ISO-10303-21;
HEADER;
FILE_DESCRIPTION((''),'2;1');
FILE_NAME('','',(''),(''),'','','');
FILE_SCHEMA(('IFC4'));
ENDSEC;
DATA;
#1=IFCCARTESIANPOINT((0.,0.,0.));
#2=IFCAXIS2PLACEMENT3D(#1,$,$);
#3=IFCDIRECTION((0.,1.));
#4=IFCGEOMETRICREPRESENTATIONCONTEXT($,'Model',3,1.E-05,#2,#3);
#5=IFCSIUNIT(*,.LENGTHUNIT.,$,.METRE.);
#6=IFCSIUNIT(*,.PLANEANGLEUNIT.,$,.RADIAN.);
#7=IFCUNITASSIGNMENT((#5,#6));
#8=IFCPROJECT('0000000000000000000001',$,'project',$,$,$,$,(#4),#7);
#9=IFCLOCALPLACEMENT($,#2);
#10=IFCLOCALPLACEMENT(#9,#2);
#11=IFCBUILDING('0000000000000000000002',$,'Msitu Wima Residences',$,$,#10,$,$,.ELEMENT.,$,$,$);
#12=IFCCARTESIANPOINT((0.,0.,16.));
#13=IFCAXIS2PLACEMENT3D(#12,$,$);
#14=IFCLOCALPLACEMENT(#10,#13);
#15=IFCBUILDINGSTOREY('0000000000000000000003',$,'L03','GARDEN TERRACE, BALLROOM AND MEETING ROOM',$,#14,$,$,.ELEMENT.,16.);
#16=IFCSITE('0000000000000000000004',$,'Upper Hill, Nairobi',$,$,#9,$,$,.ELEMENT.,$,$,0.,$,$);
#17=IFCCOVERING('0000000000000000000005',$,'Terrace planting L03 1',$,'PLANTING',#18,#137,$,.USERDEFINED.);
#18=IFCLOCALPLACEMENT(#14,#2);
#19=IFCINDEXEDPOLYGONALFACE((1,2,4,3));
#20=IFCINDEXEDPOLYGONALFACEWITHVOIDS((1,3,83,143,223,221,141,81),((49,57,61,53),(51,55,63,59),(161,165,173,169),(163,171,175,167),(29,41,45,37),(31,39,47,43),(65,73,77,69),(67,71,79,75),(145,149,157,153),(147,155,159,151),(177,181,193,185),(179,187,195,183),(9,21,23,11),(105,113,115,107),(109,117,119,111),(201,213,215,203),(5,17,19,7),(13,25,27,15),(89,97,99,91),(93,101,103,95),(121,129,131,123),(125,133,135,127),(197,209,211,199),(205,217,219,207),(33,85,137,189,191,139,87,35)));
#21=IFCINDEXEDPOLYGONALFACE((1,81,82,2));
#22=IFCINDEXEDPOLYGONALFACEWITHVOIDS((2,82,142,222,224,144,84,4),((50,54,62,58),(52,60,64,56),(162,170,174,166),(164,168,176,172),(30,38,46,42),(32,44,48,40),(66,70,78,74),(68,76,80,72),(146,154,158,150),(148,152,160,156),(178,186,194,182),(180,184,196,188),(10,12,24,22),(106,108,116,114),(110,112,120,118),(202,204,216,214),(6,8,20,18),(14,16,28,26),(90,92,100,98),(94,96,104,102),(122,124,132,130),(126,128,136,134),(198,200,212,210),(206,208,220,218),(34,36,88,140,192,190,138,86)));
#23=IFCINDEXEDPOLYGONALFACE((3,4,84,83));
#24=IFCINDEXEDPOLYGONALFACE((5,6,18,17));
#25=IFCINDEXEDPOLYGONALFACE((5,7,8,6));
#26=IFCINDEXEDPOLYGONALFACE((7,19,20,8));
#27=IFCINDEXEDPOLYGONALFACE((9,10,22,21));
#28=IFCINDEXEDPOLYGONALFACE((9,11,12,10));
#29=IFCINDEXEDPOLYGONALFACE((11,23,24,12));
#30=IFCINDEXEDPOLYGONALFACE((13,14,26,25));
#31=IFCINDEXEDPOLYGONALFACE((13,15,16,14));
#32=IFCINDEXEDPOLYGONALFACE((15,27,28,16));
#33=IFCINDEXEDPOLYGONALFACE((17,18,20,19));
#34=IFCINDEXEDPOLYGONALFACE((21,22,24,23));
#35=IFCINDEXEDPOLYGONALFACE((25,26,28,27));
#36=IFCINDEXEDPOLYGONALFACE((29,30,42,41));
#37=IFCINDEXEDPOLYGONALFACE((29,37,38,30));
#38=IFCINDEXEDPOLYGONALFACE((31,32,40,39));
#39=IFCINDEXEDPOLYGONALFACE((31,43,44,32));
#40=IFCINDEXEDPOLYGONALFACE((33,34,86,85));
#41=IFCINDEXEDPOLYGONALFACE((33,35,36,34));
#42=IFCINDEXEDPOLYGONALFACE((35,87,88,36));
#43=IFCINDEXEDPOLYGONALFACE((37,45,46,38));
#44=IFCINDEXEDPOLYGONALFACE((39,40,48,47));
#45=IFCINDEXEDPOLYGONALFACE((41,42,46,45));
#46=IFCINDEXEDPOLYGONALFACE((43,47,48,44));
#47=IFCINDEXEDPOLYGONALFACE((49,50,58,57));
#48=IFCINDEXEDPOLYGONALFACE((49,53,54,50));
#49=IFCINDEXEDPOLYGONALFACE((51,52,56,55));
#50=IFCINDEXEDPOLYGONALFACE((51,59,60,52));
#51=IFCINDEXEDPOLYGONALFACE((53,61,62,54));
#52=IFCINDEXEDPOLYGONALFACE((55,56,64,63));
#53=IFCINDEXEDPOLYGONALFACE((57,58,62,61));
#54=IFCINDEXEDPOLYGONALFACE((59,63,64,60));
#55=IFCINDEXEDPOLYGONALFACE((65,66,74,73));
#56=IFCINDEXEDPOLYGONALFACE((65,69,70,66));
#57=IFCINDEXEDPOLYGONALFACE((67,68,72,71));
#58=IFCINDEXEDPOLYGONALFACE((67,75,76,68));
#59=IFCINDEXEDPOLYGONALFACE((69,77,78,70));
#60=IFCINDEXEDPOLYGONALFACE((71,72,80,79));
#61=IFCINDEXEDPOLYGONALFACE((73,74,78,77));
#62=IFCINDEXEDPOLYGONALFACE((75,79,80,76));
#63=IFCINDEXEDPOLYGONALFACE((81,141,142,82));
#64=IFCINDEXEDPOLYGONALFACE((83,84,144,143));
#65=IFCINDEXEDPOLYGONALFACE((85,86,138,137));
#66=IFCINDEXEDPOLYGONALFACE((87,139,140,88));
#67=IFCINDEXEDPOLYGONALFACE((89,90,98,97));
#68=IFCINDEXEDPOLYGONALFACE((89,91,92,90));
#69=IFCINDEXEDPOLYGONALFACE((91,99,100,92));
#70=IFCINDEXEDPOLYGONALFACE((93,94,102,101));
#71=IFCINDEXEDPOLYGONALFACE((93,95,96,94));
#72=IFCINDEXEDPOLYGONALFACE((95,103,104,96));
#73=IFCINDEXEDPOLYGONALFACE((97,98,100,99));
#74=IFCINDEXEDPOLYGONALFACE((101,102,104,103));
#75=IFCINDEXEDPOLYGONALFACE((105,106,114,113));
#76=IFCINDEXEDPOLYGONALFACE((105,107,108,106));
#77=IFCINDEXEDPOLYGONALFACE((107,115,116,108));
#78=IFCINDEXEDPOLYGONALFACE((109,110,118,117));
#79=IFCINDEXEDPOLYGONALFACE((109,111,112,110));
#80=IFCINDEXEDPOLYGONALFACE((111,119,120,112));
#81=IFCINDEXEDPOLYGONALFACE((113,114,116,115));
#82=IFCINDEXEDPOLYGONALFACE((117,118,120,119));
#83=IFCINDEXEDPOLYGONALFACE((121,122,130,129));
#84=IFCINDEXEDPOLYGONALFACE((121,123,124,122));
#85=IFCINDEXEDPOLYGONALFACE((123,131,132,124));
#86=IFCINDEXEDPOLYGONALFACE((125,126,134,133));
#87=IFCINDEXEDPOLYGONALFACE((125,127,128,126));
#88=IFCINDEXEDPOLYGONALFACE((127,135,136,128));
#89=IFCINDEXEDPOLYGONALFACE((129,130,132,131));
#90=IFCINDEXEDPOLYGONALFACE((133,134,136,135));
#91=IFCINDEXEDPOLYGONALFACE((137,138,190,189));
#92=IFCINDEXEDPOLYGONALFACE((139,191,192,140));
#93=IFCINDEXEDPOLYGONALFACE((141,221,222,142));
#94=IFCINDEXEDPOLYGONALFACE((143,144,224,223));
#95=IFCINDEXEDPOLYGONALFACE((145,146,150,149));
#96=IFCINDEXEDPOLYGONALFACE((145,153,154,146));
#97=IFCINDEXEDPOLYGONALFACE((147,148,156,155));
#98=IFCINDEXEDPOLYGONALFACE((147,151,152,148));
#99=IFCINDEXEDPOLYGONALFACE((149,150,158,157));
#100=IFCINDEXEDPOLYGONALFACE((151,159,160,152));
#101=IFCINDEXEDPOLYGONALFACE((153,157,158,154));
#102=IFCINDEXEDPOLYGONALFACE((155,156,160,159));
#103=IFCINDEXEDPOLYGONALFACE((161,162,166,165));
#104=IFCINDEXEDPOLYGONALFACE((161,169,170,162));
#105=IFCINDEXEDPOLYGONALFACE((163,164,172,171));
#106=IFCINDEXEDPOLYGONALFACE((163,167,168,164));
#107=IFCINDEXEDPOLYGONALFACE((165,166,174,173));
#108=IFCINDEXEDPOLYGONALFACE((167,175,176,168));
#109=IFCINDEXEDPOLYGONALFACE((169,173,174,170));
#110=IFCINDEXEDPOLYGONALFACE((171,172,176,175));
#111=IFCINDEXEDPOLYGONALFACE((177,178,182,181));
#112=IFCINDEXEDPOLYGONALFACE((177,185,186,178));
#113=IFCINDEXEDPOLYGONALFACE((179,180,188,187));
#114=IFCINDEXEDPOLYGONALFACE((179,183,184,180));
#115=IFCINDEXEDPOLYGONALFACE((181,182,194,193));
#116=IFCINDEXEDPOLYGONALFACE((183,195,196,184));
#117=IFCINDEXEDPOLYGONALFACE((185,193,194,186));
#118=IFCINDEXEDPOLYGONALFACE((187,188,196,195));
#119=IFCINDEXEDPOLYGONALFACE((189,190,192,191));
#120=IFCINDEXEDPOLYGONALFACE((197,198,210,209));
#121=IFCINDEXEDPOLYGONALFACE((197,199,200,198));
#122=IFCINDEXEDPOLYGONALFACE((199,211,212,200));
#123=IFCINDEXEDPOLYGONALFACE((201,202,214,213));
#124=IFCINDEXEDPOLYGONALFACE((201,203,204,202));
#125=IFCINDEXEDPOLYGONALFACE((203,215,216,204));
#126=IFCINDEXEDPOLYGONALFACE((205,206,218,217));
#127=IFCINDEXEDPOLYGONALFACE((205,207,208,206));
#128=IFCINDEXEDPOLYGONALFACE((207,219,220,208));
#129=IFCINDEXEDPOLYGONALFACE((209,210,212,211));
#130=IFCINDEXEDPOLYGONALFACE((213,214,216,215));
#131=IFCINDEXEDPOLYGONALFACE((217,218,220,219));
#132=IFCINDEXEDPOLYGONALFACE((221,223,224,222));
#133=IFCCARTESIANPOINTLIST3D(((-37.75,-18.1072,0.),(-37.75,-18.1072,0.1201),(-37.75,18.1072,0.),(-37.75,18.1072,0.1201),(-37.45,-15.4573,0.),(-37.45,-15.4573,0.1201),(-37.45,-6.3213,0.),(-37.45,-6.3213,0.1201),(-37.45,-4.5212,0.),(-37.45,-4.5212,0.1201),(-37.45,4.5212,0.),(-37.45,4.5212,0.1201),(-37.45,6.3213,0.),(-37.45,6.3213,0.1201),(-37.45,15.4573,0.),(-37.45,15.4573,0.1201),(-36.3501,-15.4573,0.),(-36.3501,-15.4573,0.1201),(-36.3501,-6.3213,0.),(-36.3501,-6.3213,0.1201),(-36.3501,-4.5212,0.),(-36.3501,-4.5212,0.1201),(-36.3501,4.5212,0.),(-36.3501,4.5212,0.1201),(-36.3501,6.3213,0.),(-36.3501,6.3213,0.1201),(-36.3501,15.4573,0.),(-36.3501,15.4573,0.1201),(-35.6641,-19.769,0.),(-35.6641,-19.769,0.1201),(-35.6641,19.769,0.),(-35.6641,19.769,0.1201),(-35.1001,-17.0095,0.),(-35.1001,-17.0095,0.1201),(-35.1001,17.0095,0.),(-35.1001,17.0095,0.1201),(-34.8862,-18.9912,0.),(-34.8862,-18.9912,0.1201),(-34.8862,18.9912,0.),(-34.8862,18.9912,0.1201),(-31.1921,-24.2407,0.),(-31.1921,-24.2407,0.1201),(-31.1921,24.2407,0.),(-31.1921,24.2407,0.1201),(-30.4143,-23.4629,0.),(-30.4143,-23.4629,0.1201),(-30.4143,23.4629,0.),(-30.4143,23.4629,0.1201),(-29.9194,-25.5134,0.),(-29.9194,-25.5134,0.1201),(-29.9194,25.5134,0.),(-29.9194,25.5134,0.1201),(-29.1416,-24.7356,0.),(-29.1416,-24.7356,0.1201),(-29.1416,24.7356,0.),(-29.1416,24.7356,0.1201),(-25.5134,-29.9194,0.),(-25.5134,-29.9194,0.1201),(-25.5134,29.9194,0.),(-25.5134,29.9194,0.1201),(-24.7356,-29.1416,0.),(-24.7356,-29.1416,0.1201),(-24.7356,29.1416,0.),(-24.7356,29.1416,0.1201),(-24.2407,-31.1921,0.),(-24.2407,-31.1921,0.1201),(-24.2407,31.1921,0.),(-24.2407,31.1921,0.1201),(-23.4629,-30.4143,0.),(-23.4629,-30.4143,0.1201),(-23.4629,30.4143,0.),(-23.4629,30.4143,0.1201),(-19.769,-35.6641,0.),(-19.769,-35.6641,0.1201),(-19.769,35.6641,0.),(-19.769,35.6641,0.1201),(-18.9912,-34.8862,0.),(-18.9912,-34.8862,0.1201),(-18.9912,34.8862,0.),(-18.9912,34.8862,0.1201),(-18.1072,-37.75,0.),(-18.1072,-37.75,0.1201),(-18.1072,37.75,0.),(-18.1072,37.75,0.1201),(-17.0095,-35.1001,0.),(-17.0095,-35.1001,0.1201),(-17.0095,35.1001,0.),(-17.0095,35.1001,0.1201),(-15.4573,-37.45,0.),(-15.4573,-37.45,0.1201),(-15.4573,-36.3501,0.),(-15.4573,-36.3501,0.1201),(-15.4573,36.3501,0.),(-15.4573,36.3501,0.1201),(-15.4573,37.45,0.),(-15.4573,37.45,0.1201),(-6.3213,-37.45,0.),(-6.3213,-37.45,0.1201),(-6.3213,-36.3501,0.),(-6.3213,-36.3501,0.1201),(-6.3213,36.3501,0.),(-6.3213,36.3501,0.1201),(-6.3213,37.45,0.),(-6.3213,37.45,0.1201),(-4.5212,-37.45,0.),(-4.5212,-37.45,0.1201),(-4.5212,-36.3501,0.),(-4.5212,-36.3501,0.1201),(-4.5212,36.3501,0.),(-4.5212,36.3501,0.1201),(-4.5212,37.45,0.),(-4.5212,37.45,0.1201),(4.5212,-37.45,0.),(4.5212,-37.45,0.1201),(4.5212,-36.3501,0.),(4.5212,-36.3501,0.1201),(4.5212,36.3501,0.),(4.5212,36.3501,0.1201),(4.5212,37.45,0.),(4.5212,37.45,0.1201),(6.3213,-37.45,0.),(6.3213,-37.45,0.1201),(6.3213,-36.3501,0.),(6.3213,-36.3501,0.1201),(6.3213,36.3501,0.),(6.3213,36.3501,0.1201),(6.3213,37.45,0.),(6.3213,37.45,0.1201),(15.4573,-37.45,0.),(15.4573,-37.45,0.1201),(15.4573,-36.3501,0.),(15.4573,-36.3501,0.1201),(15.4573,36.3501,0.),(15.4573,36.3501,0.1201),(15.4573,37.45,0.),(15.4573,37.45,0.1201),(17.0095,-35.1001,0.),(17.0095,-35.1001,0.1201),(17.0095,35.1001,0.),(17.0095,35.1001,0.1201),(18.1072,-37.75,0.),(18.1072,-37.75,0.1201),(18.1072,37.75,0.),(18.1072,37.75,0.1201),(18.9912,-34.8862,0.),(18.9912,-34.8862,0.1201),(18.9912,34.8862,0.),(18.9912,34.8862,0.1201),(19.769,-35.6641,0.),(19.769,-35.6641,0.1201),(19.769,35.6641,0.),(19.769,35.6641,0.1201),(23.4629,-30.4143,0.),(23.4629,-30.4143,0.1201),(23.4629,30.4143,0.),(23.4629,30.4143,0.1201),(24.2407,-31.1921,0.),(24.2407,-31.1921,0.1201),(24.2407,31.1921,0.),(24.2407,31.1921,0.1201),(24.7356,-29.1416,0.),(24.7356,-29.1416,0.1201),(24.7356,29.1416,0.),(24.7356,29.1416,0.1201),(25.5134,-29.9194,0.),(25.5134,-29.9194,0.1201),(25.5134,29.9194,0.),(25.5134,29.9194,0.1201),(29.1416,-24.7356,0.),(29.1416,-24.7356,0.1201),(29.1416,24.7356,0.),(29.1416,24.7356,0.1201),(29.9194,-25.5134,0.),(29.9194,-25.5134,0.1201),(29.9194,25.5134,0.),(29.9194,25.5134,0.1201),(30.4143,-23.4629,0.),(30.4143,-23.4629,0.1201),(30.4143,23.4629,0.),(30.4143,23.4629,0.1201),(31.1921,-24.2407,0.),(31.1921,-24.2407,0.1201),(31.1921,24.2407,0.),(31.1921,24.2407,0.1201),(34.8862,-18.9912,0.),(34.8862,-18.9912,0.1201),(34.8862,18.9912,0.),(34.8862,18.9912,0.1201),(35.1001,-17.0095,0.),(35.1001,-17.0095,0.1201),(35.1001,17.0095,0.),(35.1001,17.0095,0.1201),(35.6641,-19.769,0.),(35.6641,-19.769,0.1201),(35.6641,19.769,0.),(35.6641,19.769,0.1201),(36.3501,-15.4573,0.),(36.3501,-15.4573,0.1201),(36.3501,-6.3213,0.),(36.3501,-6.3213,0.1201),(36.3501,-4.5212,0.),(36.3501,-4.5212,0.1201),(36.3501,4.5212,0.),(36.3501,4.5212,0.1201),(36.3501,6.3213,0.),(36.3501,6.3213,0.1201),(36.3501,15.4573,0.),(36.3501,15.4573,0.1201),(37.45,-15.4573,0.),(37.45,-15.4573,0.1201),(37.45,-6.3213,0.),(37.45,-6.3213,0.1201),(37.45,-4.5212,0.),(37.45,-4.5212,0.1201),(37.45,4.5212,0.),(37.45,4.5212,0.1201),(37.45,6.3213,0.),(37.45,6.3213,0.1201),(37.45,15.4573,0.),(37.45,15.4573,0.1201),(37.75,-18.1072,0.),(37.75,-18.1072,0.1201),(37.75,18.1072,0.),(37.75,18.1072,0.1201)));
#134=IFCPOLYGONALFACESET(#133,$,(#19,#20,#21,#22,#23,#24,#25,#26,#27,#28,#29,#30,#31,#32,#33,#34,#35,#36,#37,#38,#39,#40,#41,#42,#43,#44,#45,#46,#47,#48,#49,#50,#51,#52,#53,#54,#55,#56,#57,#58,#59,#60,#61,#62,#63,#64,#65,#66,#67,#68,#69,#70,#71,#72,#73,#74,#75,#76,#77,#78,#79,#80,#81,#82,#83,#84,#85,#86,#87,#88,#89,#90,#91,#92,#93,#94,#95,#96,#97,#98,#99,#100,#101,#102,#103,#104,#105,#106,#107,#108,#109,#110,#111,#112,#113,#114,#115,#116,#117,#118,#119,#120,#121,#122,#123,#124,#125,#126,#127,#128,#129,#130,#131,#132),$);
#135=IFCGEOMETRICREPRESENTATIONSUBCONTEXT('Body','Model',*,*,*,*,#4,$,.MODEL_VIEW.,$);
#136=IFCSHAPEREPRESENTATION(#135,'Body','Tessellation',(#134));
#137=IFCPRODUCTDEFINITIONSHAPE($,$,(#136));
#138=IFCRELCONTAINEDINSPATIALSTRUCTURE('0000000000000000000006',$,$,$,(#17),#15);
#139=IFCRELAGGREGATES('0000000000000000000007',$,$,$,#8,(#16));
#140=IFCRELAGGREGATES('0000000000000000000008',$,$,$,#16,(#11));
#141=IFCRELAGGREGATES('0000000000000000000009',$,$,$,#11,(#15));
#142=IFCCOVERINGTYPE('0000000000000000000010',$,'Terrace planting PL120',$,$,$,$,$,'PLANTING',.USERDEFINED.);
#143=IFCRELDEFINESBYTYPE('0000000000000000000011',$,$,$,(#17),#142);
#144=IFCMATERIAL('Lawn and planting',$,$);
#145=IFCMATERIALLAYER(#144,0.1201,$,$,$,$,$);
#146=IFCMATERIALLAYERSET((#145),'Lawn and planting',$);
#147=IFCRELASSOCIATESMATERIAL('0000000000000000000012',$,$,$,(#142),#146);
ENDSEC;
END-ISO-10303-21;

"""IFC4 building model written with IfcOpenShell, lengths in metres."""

from ifc_helpers import new_model, si_unit, direction, frame, origin, place, context, subcontext, project, spatial, polyline, outline, extrude, material, layer, layer_set, type_object, element, save


model = new_model("IFC4")

# Units and contexts
model_context = context("Model", 3, precision=1e-05, world=origin(), true_north=direction((0.0, 1.0)))
body_context = subcontext(model_context, "Body", "Model", "MODEL_VIEW")
ifc_project = project(units=[si_unit("LENGTHUNIT", "METRE"), si_unit("PLANEANGLEUNIT", "RADIAN")], contexts=[model_context])

# Site, building, storey
site_placement = place(None, origin())
site = spatial("IfcSite", under=ifc_project, at=site_placement, Name="Upper Hill, Nairobi", CompositionType="ELEMENT", RefElevation=0.0)
building_placement = place(site_placement, origin())
building = spatial("IfcBuilding", under=site, at=building_placement, Name="Msitu Wima Residences", CompositionType="ELEMENT")
storey_placement = place(building_placement, frame((0.0, 0.0, 16.0)))
storey = spatial("IfcBuildingStorey", under=building, at=storey_placement, Name="L03", Description="GARDEN TERRACE, BALLROOM AND MEETING ROOM", CompositionType="ELEMENT", Elevation=16.0)

# Covering
ifc_material_1 = material(Name="Lawn and planting")
ifc_layer_1 = layer(ifc_material_1, 0.1201)
ifc_layer_set_1 = layer_set([ifc_layer_1], Name="Lawn and planting")
covering_type = type_object("IfcCoveringType", Name="Terrace planting PL120", ElementType="PLANTING", PredefinedType="USERDEFINED", material=ifc_layer_set_1)
covering_placement = place(storey_placement, origin())
element("IfcCovering", 1, at=covering_placement, inside=storey, type_object=covering_type, Name="Terrace planting L03 1", ObjectType="PLANTING", PredefinedType="USERDEFINED", context=body_context, shape_type="SweptSolid", body=[
    extrude(outline(polyline([(-18.1072, -37.75), (-37.75, -18.1072), (-37.75, 18.1072), (-18.1072, 37.75), (18.1072, 37.75), (37.75, 18.1072), (37.75, -18.1072), (18.1072, -37.75), (-18.1072, -37.75)]), holes=[polyline([(-15.4573, -36.3501), (-15.4573, -37.45), (-6.3213, -37.45), (-6.3213, -36.3501), (-15.4573, -36.3501)]), polyline([(4.5212, -36.3501), (-4.5212, -36.3501), (-4.5212, -37.45), (4.5212, -37.45), (4.5212, -36.3501)]), polyline([(-18.9912, -34.8862), (-23.4629, -30.4143), (-24.2407, -31.1921), (-19.769, -35.6641), (-18.9912, -34.8862)]), polyline([(-29.1416, -24.7356), (-29.9194, -25.5134), (-25.5134, -29.9194), (-24.7356, -29.1416), (-29.1416, -24.7356)]), polyline([(-30.4143, -23.4629), (-34.8862, -18.9912), (-35.6641, -19.769), (-31.1921, -24.2407), (-30.4143, -23.4629)]), polyline([(-36.3501, -15.4573), (-36.3501, -6.3213), (-37.45, -6.3213), (-37.45, -15.4573), (-36.3501, -15.4573)]), polyline([(-36.3501, 4.5212), (-37.45, 4.5212), (-37.45, -4.5212), (-36.3501, -4.5212), (-36.3501, 4.5212)]), polyline([(-36.3501, 6.3213), (-36.3501, 15.4573), (-37.45, 15.4573), (-37.45, 6.3213), (-36.3501, 6.3213)]), polyline([(-34.8862, 18.9912), (-30.4143, 23.4629), (-31.1921, 24.2407), (-35.6641, 19.769), (-34.8862, 18.9912)]), polyline([(-24.7356, 29.1416), (-25.5134, 29.9194), (-29.9194, 25.5134), (-29.1416, 24.7356), (-24.7356, 29.1416)]), polyline([(-23.4629, 30.4143), (-18.9912, 34.8862), (-19.769, 35.6641), (-24.2407, 31.1921), (-23.4629, 30.4143)]), polyline([(-15.4573, 36.3501), (-6.3213, 36.3501), (-6.3213, 37.45), (-15.4573, 37.45), (-15.4573, 36.3501)]), polyline([(4.5212, 36.3501), (4.5212, 37.45), (-4.5212, 37.45), (-4.5212, 36.3501), (4.5212, 36.3501)]), polyline([(15.4573, -36.3501), (6.3213, -36.3501), (6.3213, -37.45), (15.4573, -37.45), (15.4573, -36.3501)]), polyline([(23.4629, -30.4143), (18.9912, -34.8862), (19.769, -35.6641), (24.2407, -31.1921), (23.4629, -30.4143)]), polyline([(24.7356, -29.1416), (25.5134, -29.9194), (29.9194, -25.5134), (29.1416, -24.7356), (24.7356, -29.1416)]), polyline([(34.8862, -18.9912), (30.4143, -23.4629), (31.1921, -24.2407), (35.6641, -19.769), (34.8862, -18.9912)]), polyline([(36.3501, -6.3213), (36.3501, -15.4573), (37.45, -15.4573), (37.45, -6.3213), (36.3501, -6.3213)]), polyline([(-17.0095, -35.1001), (17.0095, -35.1001), (35.1001, -17.0095), (35.1001, 17.0095), (17.0095, 35.1001), (-17.0095, 35.1001), (-35.1001, 17.0095), (-35.1001, -17.0095), (-17.0095, -35.1001)]), polyline([(36.3501, 4.5212), (36.3501, -4.5212), (37.45, -4.5212), (37.45, 4.5212), (36.3501, 4.5212)]), polyline([(36.3501, 15.4573), (36.3501, 6.3213), (37.45, 6.3213), (37.45, 15.4573), (36.3501, 15.4573)]), polyline([(30.4143, 23.4629), (34.8862, 18.9912), (35.6641, 19.769), (31.1921, 24.2407), (30.4143, 23.4629)]), polyline([(24.7356, 29.1416), (29.1416, 24.7356), (29.9194, 25.5134), (25.5134, 29.9194), (24.7356, 29.1416)]), polyline([(18.9912, 34.8862), (23.4629, 30.4143), (24.2407, 31.1921), (19.769, 35.6641), (18.9912, 34.8862)]), polyline([(6.3213, 36.3501), (15.4573, 36.3501), (15.4573, 37.45), (6.3213, 37.45), (6.3213, 36.3501)])]), origin(), (0.0, 0.0, 1.0), 0.1201),
])

save(model, "model.ifc")
